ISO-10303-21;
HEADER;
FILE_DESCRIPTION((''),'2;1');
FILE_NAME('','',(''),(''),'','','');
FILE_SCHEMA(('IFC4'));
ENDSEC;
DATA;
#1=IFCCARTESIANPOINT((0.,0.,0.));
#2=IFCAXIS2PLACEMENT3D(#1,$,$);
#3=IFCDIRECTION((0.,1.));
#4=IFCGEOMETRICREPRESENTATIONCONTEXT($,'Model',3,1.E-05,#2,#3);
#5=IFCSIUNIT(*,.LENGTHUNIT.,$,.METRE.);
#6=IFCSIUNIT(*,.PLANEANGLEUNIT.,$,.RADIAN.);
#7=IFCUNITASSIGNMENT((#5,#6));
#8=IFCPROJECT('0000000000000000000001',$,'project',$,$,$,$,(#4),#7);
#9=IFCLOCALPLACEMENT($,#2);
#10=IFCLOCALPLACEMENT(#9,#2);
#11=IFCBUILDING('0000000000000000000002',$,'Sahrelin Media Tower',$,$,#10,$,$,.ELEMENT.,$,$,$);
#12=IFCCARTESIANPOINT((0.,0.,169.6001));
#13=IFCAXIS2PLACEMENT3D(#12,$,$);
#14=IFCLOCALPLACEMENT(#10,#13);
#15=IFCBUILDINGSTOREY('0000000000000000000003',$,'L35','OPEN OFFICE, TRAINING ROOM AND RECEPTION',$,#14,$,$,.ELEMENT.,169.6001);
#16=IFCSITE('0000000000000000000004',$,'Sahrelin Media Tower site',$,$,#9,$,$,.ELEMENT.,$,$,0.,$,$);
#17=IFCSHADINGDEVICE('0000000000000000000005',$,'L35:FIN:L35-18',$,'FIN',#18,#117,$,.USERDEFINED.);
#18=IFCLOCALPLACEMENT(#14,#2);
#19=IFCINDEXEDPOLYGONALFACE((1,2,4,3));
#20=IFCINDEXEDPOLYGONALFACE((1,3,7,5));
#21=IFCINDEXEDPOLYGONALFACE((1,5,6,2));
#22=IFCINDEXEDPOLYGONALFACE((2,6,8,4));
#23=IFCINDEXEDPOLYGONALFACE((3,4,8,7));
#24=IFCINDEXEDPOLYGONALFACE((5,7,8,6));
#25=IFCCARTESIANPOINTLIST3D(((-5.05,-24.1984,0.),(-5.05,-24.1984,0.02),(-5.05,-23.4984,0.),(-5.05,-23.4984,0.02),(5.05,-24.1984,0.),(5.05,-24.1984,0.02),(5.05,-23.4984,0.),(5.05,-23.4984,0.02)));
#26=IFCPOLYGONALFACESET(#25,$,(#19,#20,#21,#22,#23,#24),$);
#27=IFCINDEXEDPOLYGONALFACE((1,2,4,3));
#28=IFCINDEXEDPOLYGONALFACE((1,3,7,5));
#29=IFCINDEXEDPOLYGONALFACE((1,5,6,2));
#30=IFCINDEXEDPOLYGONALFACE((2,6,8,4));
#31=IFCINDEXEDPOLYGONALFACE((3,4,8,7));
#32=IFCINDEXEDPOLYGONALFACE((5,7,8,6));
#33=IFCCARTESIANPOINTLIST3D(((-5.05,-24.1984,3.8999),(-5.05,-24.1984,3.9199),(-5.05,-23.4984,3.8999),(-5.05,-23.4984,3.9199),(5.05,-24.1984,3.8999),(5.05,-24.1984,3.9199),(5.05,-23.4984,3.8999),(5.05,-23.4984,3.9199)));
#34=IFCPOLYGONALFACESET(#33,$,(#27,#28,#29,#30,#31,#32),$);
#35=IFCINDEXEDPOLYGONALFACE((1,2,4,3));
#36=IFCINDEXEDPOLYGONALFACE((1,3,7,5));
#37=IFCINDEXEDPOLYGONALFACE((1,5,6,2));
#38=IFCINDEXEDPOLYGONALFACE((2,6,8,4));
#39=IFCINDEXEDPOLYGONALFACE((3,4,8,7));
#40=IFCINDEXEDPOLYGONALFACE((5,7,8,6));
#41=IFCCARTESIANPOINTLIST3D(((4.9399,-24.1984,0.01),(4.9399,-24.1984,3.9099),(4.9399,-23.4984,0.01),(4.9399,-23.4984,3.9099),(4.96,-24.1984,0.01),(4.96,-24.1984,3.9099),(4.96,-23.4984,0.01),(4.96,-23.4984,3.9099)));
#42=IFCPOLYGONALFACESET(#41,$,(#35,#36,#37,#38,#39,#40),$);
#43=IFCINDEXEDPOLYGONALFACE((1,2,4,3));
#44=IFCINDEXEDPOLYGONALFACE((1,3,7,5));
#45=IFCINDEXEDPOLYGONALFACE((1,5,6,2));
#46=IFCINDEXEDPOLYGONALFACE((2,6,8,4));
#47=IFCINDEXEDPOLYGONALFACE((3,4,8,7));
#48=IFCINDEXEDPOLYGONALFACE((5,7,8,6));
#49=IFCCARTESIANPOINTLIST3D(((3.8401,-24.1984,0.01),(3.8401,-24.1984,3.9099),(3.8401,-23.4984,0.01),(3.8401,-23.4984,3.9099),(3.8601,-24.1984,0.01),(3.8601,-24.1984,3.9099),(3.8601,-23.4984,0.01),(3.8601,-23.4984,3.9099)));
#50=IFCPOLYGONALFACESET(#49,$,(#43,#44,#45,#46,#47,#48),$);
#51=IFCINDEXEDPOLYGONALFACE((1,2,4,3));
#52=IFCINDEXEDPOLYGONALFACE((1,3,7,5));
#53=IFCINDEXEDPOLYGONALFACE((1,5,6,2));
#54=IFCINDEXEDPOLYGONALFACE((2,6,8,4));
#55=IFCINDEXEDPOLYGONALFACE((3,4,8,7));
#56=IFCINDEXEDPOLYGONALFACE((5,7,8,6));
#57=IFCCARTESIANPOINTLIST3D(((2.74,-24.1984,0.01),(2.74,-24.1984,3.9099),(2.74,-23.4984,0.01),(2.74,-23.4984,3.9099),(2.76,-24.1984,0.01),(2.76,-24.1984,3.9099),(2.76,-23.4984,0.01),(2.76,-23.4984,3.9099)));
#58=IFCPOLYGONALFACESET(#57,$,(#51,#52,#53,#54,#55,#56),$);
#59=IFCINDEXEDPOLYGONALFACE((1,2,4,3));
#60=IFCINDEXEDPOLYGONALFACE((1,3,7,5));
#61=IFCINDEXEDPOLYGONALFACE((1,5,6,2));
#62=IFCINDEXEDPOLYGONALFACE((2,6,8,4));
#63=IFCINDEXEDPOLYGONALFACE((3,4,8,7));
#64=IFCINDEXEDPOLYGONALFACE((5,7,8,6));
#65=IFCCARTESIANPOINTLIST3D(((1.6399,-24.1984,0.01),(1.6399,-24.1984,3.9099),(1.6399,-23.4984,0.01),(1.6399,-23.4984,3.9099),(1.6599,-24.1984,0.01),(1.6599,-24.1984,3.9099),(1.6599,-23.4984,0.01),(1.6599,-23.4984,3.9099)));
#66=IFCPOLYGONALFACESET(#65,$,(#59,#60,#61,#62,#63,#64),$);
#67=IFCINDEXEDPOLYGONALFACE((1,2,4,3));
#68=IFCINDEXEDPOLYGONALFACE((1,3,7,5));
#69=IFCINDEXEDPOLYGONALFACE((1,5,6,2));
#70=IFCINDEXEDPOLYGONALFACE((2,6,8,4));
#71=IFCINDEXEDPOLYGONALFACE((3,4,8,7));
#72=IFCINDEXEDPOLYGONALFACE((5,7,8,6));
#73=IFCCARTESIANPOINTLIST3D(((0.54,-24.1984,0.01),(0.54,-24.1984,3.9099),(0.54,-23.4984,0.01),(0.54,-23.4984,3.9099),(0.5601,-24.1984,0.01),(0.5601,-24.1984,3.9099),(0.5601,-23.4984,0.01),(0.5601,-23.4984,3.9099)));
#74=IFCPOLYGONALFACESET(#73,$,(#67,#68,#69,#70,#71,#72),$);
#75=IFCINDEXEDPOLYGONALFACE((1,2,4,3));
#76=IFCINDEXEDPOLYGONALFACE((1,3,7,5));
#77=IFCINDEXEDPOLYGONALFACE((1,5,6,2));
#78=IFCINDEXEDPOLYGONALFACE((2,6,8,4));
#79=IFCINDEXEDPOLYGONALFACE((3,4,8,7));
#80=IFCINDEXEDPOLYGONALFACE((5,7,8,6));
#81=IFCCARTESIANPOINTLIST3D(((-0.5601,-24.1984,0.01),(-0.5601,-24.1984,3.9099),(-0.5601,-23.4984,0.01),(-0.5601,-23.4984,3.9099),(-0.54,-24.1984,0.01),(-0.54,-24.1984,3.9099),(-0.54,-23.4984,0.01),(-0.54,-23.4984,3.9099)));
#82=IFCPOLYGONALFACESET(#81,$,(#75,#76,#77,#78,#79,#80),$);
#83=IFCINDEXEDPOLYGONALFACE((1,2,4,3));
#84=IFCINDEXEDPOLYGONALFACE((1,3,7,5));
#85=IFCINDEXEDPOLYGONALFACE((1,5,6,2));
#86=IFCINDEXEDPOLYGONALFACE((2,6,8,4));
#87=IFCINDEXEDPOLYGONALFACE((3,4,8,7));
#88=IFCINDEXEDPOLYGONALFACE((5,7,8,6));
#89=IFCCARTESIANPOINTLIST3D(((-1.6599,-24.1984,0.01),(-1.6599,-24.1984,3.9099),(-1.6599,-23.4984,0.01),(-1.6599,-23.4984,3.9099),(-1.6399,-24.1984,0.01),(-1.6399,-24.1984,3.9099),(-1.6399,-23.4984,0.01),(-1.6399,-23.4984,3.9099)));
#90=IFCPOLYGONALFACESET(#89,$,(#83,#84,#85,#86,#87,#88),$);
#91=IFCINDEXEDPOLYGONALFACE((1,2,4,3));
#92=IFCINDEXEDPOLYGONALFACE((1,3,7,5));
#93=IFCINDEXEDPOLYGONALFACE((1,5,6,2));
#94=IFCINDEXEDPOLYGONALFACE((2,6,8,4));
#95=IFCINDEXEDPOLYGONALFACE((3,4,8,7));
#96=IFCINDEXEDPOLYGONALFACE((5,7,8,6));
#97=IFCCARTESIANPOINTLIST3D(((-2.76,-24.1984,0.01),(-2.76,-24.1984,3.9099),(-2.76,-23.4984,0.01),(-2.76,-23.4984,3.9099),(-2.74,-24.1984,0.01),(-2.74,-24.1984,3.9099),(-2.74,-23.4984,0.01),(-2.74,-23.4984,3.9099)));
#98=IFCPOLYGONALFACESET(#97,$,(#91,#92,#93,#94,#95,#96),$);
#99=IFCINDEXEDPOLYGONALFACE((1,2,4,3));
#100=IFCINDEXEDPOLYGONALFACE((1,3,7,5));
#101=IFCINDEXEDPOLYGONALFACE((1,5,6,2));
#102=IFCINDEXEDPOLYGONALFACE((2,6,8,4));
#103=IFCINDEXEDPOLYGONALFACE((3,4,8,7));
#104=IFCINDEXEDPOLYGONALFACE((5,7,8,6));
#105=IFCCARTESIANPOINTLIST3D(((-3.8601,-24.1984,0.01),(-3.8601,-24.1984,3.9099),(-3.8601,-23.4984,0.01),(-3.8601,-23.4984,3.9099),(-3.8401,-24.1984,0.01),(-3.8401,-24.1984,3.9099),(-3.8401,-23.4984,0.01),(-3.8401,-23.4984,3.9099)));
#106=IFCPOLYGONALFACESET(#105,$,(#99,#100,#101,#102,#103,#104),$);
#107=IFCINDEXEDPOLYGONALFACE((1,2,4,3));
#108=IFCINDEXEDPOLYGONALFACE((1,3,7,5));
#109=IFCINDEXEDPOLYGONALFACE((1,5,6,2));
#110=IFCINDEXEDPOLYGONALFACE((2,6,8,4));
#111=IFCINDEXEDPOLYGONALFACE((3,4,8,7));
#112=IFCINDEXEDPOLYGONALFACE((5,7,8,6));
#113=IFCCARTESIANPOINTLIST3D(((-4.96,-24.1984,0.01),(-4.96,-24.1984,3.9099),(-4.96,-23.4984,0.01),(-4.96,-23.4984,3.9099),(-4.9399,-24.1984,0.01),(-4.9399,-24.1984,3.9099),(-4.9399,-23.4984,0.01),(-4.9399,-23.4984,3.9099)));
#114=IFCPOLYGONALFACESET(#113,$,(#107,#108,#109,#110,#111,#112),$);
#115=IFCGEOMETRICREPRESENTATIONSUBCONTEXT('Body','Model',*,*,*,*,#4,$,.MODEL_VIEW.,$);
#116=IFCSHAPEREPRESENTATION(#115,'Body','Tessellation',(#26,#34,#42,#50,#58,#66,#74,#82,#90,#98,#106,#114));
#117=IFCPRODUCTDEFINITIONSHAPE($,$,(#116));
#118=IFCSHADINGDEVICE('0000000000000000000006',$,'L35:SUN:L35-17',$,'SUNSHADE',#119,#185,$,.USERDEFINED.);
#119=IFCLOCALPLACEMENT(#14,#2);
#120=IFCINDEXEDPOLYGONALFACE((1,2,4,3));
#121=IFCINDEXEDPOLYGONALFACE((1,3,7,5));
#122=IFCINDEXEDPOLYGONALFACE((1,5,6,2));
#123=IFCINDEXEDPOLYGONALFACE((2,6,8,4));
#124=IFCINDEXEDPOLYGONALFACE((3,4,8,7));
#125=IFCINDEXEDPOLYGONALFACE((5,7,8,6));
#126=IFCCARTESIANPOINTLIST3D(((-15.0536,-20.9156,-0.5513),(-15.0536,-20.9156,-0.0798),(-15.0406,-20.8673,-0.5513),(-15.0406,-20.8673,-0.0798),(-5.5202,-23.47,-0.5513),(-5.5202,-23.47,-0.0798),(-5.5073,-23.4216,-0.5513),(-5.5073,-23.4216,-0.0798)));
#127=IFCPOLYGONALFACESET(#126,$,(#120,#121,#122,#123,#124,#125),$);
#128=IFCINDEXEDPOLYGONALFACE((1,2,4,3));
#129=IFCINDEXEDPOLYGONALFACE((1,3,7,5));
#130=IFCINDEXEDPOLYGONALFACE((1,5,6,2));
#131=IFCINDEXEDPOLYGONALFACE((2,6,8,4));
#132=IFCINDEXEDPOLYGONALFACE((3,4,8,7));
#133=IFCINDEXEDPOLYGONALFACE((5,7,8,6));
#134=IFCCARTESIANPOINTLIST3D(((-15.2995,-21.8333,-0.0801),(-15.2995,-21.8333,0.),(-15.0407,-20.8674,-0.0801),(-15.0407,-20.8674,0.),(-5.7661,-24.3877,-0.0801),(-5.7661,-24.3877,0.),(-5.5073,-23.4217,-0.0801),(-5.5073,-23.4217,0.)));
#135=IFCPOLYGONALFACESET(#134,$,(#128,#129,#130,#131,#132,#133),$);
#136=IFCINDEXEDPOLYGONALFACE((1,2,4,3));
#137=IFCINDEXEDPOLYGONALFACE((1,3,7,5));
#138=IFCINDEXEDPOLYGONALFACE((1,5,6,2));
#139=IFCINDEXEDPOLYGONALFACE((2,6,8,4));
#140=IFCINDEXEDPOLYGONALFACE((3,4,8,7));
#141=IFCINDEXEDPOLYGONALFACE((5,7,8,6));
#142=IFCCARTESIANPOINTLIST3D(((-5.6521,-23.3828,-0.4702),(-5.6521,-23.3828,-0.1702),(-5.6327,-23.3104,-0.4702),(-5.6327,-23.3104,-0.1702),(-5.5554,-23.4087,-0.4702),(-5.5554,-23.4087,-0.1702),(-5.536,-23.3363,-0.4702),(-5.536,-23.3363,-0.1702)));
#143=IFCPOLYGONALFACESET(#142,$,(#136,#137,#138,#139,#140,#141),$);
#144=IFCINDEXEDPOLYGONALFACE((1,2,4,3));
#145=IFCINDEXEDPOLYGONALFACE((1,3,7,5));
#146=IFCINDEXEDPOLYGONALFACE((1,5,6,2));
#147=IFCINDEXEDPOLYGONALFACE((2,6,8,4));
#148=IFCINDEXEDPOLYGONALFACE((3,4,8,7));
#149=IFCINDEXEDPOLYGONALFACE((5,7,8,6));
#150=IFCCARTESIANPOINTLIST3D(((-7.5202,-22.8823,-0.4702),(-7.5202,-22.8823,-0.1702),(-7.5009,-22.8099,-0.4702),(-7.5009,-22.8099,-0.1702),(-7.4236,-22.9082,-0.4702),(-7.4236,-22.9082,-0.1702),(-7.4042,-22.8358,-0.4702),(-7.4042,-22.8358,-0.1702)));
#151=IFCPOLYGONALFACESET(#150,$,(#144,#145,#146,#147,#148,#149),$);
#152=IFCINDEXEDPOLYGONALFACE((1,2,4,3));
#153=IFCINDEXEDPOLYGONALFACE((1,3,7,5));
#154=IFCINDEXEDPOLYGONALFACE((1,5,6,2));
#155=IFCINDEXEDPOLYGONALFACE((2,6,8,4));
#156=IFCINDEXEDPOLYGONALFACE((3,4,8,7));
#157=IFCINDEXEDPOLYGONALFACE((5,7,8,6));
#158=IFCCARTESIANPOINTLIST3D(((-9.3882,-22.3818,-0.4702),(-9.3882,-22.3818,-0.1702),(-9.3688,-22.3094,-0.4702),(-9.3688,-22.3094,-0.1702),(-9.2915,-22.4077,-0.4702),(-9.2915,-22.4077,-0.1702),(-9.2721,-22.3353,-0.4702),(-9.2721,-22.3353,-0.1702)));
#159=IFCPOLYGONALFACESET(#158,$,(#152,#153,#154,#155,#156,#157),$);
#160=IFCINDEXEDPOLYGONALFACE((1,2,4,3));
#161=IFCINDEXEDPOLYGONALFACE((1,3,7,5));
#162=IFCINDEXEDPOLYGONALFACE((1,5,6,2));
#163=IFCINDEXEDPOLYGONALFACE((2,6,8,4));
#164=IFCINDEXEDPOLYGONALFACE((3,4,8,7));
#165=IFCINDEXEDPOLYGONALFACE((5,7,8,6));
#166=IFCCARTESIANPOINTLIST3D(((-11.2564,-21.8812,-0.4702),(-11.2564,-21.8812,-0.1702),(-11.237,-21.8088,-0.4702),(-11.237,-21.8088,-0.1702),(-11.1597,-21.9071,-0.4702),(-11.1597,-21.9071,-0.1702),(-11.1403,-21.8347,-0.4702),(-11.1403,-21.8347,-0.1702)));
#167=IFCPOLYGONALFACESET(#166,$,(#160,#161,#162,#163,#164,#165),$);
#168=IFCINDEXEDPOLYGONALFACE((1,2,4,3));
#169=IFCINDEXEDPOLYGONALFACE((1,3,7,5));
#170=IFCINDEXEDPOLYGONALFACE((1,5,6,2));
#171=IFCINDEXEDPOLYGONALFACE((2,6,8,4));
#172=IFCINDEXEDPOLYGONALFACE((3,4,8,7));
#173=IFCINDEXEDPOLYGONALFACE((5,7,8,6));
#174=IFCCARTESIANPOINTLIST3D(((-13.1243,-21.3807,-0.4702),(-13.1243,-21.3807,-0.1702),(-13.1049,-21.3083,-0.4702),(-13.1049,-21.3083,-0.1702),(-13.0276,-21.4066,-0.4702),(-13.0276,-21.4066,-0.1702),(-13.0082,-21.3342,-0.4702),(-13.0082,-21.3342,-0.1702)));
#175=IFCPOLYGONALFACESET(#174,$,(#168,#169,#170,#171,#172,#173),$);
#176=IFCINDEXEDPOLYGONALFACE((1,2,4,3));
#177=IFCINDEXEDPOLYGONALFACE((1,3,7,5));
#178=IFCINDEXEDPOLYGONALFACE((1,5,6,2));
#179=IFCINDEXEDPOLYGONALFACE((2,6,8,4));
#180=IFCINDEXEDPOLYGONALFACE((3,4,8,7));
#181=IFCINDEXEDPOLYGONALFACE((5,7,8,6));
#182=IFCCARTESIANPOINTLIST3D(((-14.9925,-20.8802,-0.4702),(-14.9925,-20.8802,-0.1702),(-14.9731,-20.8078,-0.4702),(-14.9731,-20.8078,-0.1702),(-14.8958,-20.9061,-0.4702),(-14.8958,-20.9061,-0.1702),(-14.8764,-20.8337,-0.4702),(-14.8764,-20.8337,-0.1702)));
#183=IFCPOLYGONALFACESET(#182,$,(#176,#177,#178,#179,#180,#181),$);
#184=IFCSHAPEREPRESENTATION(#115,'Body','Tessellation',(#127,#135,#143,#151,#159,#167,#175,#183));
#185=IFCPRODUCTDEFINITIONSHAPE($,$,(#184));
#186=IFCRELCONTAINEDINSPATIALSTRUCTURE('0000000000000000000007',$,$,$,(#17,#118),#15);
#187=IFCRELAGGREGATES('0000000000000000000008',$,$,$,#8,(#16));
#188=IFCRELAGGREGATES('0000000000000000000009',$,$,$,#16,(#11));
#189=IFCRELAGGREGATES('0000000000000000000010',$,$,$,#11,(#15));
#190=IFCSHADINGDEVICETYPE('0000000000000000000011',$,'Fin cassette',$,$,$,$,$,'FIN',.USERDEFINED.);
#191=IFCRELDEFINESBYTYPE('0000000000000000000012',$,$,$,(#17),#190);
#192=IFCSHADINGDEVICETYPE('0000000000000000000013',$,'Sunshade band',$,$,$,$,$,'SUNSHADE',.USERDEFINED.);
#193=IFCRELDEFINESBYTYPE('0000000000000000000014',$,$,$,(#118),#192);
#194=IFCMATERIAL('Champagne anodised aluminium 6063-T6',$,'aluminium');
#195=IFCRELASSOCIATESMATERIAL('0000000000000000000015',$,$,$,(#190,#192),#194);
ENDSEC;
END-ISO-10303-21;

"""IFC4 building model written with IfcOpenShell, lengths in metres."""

from ifc_helpers import new_model, si_unit, direction, frame, origin, origin_2d, place, context, subcontext, project, spatial, rectangle, extrude, material, type_object, element, save


model = new_model("IFC4")

# Units and contexts
model_context = context("Model", 3, precision=1e-05, world=origin(), true_north=direction((0.0, 1.0)))
body_context = subcontext(model_context, "Body", "Model", "MODEL_VIEW")
ifc_project = project(units=[si_unit("LENGTHUNIT", "METRE"), si_unit("PLANEANGLEUNIT", "RADIAN")], contexts=[model_context])

# Site, building, storey
site_placement = place(None, origin())
site = spatial("IfcSite", under=ifc_project, at=site_placement, Name="Sahrelin Media Tower site", CompositionType="ELEMENT", RefElevation=0.0)
building_placement = place(site_placement, origin())
building = spatial("IfcBuilding", under=site, at=building_placement, Name="Sahrelin Media Tower", CompositionType="ELEMENT")
storey_placement = place(building_placement, frame((0.0, 0.0, 169.6001)))
storey = spatial("IfcBuildingStorey", under=building, at=storey_placement, Name="L35", Description="OPEN OFFICE, TRAINING ROOM AND RECEPTION", CompositionType="ELEMENT", Elevation=169.6001)

# Shared definitions
ifc_material_1 = material(Name="Champagne anodised aluminium 6063-T6", Category="aluminium")

# Shading devices
shading_device_type_1 = type_object("IfcShadingDeviceType", Name="Fin cassette", ElementType="FIN", PredefinedType="USERDEFINED", material=ifc_material_1)
placement_1 = place(storey_placement, frame((-10.2688, -22.1252, 0.0), z_axis=(0.0, 0.0, 1.0), x_axis=(-0.965929, 0.258808, 0.0)))
placement_2 = place(storey_placement, frame((0.0, -23.4285, 0.0), z_axis=(0.0, 0.0, 1.0), x_axis=(-1.0, 0.0, 0.0)))
element("IfcShadingDevice", 1, at=placement_2, inside=storey, type_object=shading_device_type_1, Name="L35:FIN:L35-18", ObjectType="FIN", PredefinedType="USERDEFINED", context=body_context, shape_type="SweptSolid", body=[
    extrude(rectangle(XDim=10.1001, YDim=0.7, at=origin_2d()), frame((0.0, 0.4199, 0.0)), (0.0, 0.0, 1.0), 0.02),
    extrude(rectangle(XDim=10.1001, YDim=0.7, at=origin_2d()), frame((0.0, 0.4199, 3.8999)), (0.0, 0.0, 1.0), 0.02),
    extrude(rectangle(XDim=0.02, YDim=0.7, at=origin_2d()), frame((-4.95, 0.4199, 0.01), z_axis=(0.0, 0.0, 1.0), x_axis=(1.0, 0.0, 0.0)), (0.0, 0.0, 1.0), 3.8999),
    extrude(rectangle(XDim=0.02, YDim=0.7, at=origin_2d()), frame((-3.8501, 0.4199, 0.01), z_axis=(0.0, 0.0, 1.0), x_axis=(1.0, 0.0, 0.0)), (0.0, 0.0, 1.0), 3.8999),
    extrude(rectangle(XDim=0.02, YDim=0.7, at=origin_2d()), frame((-2.75, 0.4199, 0.01), z_axis=(0.0, 0.0, 1.0), x_axis=(1.0, 0.0, 0.0)), (0.0, 0.0, 1.0), 3.8999),
    extrude(rectangle(XDim=0.02, YDim=0.7, at=origin_2d()), frame((-1.6499, 0.4199, 0.01), z_axis=(0.0, 0.0, 1.0), x_axis=(1.0, 0.0, 0.0)), (0.0, 0.0, 1.0), 3.8999),
    extrude(rectangle(XDim=0.02, YDim=0.7, at=origin_2d()), frame((-0.55, 0.4199, 0.01), z_axis=(0.0, 0.0, 1.0), x_axis=(1.0, 0.0, 0.0)), (0.0, 0.0, 1.0), 3.8999),
    extrude(rectangle(XDim=0.02, YDim=0.7, at=origin_2d()), frame((0.55, 0.4199, 0.01), z_axis=(0.0, 0.0, 1.0), x_axis=(1.0, 0.0, 0.0)), (0.0, 0.0, 1.0), 3.8999),
    extrude(rectangle(XDim=0.02, YDim=0.7, at=origin_2d()), frame((1.6499, 0.4199, 0.01), z_axis=(0.0, 0.0, 1.0), x_axis=(1.0, 0.0, 0.0)), (0.0, 0.0, 1.0), 3.8999),
    extrude(rectangle(XDim=0.02, YDim=0.7, at=origin_2d()), frame((2.75, 0.4199, 0.01), z_axis=(0.0, 0.0, 1.0), x_axis=(1.0, 0.0, 0.0)), (0.0, 0.0, 1.0), 3.8999),
    extrude(rectangle(XDim=0.02, YDim=0.7, at=origin_2d()), frame((3.8501, 0.4199, 0.01), z_axis=(0.0, 0.0, 1.0), x_axis=(1.0, 0.0, 0.0)), (0.0, 0.0, 1.0), 3.8999),
    extrude(rectangle(XDim=0.02, YDim=0.7, at=origin_2d()), frame((4.95, 0.4199, 0.01), z_axis=(0.0, 0.0, 1.0), x_axis=(1.0, 0.0, 0.0)), (0.0, 0.0, 1.0), 3.8999),
])
shading_device_type_2 = type_object("IfcShadingDeviceType", Name="Sunshade band", ElementType="SUNSHADE", PredefinedType="USERDEFINED", material=ifc_material_1)
element("IfcShadingDevice", 2, at=placement_1, inside=storey, type_object=shading_device_type_2, Name="L35:SUN:L35-17", ObjectType="SUNSHADE", PredefinedType="USERDEFINED", context=body_context, shape_type="SweptSolid", body=[
    extrude(rectangle(XDim=9.8696, YDim=0.05, at=origin_2d()), frame((0.0, 0.0449, -0.5513)), (0.0, 0.0, 1.0), 0.4714),
    extrude(rectangle(XDim=9.8696, YDim=1.0, at=origin_2d()), frame((0.0, 0.52, -0.0801)), (0.0, 0.0, 1.0), 0.0801),
    extrude(rectangle(XDim=0.1001, YDim=0.075, at=origin_2d()), frame((-4.835, -0.0176, -0.4702)), (0.0, 0.0, 1.0), 0.3),
    extrude(rectangle(XDim=0.1001, YDim=0.075, at=origin_2d()), frame((-2.9009, -0.0176, -0.4702)), (0.0, 0.0, 1.0), 0.3),
    extrude(rectangle(XDim=0.1001, YDim=0.075, at=origin_2d()), frame((-0.967, -0.0176, -0.4702)), (0.0, 0.0, 1.0), 0.3),
    extrude(rectangle(XDim=0.1001, YDim=0.075, at=origin_2d()), frame((0.967, -0.0176, -0.4702)), (0.0, 0.0, 1.0), 0.3),
    extrude(rectangle(XDim=0.1001, YDim=0.075, at=origin_2d()), frame((2.9009, -0.0176, -0.4702)), (0.0, 0.0, 1.0), 0.3),
    extrude(rectangle(XDim=0.1001, YDim=0.075, at=origin_2d()), frame((4.835, -0.0176, -0.4702)), (0.0, 0.0, 1.0), 0.3),
])

save(model, "model.ifc")
